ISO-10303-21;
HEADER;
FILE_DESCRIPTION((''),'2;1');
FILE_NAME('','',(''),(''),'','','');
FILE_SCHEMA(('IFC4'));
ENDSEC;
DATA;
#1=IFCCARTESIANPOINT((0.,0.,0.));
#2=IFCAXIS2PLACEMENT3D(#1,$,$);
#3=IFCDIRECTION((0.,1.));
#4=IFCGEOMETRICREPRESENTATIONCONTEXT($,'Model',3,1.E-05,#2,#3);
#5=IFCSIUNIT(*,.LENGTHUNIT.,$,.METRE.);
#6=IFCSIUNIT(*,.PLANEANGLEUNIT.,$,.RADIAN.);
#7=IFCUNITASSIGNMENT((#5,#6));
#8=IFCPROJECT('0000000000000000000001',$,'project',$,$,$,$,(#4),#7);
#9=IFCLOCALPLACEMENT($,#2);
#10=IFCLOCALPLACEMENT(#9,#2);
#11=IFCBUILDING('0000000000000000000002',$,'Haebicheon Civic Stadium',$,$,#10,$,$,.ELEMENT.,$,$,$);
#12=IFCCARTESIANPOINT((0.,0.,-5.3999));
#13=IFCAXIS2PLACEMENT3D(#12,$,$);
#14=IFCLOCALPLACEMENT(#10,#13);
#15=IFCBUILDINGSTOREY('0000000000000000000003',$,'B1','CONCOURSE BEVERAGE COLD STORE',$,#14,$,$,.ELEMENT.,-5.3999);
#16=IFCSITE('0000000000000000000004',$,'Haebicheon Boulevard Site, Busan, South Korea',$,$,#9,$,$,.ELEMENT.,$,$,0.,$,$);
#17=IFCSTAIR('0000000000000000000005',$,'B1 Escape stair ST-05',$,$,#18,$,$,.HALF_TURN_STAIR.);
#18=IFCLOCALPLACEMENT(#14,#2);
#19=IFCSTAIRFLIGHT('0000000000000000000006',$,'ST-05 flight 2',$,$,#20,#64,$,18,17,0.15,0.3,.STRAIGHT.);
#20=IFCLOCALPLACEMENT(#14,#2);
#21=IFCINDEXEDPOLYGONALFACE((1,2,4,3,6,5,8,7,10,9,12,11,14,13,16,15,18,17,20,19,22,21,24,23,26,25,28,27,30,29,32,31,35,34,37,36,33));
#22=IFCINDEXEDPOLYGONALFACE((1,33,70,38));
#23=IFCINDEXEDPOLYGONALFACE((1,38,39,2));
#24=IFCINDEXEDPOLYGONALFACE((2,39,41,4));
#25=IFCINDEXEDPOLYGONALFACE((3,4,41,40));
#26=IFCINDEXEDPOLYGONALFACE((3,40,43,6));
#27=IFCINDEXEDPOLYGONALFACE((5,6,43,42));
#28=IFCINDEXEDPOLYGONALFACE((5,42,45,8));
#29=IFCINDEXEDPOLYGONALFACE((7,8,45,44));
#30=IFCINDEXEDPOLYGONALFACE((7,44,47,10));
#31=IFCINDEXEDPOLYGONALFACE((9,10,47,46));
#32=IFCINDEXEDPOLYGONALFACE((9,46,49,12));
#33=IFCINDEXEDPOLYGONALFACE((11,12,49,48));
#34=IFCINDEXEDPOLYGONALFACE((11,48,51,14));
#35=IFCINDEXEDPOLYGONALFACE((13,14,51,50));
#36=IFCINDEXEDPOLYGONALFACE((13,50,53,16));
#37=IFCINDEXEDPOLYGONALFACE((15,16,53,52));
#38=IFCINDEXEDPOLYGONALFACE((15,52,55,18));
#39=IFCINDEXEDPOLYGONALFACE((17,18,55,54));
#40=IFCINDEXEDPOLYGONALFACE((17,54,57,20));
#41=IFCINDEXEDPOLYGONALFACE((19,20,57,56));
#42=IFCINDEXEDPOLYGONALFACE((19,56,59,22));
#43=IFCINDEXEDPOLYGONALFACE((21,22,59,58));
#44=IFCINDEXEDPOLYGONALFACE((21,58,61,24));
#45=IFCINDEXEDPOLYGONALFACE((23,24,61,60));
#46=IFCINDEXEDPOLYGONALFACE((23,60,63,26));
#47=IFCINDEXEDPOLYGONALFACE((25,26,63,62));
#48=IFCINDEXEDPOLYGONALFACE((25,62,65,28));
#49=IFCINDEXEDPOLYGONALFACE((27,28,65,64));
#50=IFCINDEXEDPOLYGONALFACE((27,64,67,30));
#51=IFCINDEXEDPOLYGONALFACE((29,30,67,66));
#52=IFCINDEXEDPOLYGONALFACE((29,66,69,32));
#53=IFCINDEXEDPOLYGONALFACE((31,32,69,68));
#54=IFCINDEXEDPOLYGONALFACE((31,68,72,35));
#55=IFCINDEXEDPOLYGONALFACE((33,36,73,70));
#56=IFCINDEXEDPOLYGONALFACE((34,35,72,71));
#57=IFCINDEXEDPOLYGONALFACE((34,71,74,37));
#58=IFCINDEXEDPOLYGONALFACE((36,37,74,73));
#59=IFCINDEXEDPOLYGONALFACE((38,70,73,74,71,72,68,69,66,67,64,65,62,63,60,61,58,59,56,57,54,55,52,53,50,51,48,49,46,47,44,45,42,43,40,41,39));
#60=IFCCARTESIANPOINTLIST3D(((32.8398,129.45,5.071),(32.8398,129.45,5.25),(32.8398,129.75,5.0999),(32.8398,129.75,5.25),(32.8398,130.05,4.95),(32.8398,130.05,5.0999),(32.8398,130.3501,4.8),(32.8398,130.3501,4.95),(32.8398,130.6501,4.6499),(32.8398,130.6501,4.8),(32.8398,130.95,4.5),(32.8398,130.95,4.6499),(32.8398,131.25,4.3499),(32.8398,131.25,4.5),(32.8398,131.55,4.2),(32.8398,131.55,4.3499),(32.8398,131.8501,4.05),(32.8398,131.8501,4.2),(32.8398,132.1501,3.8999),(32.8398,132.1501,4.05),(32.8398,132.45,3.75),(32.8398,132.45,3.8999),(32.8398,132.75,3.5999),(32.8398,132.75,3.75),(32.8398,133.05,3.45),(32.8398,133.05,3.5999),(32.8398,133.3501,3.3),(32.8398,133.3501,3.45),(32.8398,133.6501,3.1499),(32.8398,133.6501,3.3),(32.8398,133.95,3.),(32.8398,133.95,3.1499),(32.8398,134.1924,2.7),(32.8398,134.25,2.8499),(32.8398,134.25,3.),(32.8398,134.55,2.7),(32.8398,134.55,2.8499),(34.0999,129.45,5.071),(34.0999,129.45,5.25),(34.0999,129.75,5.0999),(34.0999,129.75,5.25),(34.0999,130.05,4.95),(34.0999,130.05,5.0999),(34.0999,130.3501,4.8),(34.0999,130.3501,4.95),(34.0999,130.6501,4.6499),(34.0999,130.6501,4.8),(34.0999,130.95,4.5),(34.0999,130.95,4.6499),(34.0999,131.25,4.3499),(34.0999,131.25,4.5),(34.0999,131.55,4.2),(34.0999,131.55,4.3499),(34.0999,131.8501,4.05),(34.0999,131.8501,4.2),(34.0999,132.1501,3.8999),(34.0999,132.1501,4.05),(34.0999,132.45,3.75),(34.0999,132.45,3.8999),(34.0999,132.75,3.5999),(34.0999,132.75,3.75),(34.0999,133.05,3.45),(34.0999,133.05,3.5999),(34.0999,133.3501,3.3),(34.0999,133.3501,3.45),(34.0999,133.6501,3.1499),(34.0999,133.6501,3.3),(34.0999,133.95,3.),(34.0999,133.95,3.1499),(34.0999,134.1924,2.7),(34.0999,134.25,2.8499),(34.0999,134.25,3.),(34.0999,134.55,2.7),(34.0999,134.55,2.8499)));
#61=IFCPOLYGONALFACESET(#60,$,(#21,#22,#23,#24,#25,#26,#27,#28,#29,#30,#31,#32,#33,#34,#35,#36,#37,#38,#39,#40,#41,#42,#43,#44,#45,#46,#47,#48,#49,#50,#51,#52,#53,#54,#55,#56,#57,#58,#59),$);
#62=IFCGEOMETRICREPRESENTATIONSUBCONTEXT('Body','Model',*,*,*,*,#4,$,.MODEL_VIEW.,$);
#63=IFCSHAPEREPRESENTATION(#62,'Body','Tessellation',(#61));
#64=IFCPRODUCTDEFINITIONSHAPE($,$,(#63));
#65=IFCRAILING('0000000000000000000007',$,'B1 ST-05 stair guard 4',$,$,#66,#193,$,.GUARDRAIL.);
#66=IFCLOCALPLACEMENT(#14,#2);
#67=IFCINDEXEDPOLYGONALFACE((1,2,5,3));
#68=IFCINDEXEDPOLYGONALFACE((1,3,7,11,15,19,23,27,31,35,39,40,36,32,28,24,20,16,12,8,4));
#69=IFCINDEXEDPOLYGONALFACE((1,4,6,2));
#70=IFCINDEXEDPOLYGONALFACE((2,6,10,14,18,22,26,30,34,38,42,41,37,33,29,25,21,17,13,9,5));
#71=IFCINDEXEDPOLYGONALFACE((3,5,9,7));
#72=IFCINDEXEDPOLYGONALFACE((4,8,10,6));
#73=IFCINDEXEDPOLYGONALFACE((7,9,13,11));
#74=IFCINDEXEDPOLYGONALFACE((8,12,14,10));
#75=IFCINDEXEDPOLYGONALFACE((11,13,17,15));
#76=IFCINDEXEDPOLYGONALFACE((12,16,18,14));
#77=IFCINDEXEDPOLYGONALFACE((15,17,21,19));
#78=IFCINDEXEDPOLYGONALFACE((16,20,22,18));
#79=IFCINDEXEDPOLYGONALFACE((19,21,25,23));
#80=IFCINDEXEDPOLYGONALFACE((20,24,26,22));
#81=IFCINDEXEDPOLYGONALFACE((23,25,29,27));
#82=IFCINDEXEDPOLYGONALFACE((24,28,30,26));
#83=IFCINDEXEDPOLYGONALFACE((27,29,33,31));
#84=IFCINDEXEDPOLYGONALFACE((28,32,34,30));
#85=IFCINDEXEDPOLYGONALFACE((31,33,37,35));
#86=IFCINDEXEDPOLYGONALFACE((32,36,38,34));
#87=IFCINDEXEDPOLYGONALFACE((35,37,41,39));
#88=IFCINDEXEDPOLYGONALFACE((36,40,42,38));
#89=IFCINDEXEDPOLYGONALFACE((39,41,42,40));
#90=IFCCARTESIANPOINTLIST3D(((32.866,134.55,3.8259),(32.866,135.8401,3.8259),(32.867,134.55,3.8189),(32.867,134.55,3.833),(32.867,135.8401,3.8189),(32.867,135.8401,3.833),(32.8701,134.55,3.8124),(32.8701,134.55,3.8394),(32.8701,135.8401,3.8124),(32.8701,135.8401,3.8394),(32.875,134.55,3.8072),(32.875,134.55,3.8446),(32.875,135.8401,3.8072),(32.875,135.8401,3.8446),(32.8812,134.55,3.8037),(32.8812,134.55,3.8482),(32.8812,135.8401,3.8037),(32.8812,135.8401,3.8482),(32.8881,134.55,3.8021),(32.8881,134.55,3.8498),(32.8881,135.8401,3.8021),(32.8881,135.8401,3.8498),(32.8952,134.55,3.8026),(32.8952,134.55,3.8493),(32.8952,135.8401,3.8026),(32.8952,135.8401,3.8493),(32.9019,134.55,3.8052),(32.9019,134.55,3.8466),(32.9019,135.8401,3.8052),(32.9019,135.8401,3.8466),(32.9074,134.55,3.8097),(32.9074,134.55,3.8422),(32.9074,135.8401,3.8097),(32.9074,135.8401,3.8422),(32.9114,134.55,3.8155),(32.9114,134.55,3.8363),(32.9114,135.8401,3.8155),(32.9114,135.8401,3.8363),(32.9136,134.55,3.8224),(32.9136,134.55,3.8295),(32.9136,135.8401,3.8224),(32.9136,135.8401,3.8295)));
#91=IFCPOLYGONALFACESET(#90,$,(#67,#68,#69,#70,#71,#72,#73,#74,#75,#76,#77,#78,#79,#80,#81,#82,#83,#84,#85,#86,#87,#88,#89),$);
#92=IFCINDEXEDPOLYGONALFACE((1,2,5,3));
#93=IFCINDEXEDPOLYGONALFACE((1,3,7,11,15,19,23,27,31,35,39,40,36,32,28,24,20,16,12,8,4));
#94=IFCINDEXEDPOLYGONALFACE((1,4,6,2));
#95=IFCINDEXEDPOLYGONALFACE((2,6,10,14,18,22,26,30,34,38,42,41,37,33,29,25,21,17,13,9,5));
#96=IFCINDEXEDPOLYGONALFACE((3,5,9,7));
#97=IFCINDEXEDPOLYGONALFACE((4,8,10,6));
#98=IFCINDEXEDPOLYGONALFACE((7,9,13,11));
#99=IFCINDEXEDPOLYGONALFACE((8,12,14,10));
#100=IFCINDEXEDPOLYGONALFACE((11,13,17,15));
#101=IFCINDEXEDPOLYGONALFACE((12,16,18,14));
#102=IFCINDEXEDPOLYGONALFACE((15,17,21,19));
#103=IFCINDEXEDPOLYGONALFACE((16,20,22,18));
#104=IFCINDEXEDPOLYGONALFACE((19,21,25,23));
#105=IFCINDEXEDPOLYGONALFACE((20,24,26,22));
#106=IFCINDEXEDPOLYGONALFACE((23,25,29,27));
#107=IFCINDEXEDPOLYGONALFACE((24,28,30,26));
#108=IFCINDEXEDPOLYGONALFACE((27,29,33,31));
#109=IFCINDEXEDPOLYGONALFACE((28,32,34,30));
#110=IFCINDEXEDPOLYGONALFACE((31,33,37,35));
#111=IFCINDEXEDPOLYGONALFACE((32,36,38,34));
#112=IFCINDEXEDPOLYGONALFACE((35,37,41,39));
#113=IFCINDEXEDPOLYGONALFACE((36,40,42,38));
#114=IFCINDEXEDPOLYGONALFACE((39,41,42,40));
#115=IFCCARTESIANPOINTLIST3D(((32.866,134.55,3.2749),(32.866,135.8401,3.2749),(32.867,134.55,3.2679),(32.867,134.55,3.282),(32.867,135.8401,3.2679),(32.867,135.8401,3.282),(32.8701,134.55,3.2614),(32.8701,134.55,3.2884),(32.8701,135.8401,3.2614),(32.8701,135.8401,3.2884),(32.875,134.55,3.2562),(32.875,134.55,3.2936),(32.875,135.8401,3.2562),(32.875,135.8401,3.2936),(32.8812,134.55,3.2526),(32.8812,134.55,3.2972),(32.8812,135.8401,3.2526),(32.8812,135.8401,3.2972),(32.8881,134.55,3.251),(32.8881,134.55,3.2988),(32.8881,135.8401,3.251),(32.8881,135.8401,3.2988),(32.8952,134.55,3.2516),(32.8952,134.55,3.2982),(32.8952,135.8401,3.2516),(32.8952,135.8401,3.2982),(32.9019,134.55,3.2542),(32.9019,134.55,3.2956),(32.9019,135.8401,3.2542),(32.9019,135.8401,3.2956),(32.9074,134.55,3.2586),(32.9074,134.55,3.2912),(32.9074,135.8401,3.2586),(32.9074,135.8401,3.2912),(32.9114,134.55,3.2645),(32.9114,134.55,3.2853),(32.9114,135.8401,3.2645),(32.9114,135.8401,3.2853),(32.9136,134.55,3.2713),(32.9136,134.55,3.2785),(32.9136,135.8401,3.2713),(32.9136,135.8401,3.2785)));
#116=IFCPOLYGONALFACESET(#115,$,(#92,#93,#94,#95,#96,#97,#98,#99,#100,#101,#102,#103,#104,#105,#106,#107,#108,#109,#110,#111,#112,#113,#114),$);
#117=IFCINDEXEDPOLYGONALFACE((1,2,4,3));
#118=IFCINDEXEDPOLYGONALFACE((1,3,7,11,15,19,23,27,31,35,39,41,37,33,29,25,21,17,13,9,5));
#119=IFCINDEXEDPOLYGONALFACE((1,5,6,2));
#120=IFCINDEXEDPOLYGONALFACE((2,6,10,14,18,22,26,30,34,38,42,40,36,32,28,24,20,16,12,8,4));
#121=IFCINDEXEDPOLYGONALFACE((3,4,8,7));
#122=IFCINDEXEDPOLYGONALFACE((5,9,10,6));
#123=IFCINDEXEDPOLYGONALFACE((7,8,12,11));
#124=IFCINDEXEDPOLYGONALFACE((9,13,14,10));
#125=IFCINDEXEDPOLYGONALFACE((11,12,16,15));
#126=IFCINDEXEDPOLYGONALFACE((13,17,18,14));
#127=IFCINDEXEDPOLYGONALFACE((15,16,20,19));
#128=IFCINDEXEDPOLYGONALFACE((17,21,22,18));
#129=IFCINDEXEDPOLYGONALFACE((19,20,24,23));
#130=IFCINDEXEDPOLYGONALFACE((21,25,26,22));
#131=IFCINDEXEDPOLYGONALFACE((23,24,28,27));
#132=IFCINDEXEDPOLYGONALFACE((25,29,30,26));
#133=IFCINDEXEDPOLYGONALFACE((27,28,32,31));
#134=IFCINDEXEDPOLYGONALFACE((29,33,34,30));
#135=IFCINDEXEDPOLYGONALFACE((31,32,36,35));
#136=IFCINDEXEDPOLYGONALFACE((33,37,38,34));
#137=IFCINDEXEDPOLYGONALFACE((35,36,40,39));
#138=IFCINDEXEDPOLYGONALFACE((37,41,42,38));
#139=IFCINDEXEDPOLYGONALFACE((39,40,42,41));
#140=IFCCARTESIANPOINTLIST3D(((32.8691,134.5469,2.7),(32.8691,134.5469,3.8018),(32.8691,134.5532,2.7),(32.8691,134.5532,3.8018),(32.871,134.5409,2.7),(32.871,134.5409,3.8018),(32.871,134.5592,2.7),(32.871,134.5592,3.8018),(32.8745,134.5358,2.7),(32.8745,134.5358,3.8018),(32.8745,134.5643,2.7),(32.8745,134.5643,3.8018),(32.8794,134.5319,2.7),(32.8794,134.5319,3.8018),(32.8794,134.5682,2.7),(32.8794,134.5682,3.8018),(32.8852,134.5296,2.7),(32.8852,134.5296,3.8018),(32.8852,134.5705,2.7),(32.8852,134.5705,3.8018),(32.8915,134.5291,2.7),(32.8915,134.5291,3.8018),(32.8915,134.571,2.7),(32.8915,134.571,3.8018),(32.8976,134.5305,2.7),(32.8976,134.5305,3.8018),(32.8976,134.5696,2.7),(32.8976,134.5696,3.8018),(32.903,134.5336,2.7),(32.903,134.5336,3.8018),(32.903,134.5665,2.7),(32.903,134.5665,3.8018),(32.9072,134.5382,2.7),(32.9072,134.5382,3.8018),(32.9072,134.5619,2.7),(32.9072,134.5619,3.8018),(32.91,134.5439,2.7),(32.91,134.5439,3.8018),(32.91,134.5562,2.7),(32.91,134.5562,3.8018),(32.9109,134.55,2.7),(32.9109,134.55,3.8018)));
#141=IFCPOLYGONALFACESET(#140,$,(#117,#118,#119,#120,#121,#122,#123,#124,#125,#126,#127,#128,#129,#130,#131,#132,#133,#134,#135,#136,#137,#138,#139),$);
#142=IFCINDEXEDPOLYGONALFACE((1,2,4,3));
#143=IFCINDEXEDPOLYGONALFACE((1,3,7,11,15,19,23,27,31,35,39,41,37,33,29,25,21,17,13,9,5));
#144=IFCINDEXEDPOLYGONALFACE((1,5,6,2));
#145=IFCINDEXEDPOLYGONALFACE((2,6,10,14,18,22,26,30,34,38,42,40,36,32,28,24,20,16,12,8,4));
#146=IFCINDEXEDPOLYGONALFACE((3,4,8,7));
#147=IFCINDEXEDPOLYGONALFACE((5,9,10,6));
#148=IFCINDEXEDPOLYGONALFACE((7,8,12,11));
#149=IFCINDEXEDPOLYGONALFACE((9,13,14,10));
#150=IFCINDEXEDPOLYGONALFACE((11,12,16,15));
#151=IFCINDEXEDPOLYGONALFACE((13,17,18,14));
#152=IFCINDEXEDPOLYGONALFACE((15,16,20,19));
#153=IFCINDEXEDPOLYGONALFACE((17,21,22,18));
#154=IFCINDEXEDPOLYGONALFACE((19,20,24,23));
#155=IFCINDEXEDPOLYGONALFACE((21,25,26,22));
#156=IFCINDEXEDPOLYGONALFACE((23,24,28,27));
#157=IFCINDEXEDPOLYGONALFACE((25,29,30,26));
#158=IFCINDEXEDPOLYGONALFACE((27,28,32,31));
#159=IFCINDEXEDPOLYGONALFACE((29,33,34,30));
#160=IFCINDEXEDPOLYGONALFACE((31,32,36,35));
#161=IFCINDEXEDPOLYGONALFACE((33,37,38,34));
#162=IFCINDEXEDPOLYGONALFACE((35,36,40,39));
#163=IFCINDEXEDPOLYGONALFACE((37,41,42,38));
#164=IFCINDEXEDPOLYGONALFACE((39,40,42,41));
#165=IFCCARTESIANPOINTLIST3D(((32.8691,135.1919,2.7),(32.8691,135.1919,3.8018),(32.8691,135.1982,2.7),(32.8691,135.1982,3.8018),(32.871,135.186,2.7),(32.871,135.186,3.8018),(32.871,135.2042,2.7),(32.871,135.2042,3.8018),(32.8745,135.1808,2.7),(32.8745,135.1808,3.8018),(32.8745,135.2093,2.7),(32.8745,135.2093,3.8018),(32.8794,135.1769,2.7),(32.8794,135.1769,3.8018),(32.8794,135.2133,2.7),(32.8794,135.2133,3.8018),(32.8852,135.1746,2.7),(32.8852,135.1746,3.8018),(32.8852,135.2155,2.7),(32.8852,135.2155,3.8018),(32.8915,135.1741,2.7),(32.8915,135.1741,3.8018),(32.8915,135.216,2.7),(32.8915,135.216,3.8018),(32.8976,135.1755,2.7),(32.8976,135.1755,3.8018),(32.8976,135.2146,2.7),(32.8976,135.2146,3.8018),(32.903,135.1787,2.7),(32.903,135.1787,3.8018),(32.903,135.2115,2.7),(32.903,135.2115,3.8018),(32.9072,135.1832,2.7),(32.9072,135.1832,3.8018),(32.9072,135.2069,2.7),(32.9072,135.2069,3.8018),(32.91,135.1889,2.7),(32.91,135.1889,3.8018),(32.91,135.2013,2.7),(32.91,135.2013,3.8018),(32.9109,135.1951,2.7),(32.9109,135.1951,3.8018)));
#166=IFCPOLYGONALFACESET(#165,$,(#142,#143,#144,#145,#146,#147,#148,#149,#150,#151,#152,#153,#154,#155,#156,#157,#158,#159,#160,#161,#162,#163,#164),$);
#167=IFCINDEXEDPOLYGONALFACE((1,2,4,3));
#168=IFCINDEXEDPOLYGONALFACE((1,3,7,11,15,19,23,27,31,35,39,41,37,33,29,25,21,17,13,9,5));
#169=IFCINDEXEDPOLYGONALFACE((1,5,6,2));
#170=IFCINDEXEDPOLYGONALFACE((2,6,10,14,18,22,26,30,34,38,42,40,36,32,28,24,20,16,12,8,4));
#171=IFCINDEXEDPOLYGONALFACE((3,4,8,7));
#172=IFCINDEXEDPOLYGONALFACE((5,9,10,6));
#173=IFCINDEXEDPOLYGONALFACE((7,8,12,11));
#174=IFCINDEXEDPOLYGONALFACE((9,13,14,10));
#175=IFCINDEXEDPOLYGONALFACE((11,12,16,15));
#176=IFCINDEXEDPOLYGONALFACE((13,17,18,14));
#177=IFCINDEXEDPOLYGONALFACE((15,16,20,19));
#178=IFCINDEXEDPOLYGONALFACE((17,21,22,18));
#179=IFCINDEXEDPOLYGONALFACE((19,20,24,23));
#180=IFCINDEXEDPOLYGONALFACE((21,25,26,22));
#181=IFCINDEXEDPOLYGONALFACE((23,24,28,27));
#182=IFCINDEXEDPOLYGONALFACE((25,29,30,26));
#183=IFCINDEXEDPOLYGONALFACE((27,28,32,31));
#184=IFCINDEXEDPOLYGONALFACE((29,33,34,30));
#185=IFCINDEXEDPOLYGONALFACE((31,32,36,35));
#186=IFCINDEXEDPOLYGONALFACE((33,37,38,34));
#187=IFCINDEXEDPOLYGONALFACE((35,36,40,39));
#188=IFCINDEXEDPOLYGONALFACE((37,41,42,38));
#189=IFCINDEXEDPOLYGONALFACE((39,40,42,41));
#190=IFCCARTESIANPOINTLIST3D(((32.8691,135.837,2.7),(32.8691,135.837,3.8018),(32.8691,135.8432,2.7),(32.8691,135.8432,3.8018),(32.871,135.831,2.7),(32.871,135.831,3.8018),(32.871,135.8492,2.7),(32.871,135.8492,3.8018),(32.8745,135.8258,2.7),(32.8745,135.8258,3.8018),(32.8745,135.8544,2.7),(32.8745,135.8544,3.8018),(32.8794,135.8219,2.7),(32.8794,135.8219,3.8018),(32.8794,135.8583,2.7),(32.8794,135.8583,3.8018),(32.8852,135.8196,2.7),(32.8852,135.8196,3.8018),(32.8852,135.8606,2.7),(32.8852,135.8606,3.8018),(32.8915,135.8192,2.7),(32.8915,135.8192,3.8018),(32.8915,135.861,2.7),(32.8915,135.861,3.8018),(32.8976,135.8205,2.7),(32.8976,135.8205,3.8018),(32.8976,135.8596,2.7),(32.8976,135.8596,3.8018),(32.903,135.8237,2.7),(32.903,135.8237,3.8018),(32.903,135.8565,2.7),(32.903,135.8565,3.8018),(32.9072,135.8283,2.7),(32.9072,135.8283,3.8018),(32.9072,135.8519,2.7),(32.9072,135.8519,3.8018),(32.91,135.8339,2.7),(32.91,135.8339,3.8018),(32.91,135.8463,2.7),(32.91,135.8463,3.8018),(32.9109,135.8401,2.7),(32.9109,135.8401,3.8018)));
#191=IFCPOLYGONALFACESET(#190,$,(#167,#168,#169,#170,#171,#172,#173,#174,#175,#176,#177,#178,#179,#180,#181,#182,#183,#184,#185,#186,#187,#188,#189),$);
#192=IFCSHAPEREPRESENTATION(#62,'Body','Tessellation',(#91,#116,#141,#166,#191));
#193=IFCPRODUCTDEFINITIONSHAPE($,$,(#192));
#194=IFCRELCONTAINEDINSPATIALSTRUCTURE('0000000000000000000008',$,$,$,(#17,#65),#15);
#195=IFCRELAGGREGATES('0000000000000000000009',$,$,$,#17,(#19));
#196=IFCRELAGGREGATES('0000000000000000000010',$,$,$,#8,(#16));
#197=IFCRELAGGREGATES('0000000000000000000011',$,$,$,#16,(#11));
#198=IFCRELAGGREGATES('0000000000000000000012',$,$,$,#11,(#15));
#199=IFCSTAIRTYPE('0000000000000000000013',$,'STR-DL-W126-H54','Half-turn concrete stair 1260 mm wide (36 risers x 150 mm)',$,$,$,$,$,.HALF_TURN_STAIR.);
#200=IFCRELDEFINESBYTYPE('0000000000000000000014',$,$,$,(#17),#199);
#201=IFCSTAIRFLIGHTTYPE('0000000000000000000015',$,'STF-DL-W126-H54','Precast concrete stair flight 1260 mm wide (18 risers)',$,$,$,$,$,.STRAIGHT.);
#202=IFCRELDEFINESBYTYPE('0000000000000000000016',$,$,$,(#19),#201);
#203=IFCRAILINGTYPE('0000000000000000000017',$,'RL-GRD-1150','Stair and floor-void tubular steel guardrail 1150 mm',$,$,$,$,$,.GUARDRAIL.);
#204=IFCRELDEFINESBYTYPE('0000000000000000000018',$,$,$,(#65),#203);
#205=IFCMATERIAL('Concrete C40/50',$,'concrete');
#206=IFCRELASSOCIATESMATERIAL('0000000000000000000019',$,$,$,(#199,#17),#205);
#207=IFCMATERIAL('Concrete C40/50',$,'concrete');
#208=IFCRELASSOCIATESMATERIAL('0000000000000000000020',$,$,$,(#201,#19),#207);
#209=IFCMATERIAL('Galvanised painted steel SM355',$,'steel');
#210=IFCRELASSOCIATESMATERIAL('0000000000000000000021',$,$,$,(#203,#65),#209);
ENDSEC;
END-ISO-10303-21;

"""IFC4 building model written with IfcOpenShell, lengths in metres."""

from ifc_helpers import new_model, si_unit, direction, frame, origin, origin_2d, place, context, subcontext, project, spatial, polyline, circle, outline, extrude, material, type_object, element, aggregate, save


model = new_model("IFC4")

# Units and contexts
model_context = context("Model", 3, precision=1e-05, world=origin(), true_north=direction((0.0, 1.0)))
body_context = subcontext(model_context, "Body", "Model", "MODEL_VIEW")
ifc_project = project(units=[si_unit("LENGTHUNIT", "METRE"), si_unit("PLANEANGLEUNIT", "RADIAN")], contexts=[model_context])

# Site, building, storey
site_placement = place(None, origin())
site = spatial("IfcSite", under=ifc_project, at=site_placement, Name="Haebicheon Boulevard Site, Busan, South Korea", CompositionType="ELEMENT", RefElevation=0.0)
building_placement = place(site_placement, origin())
building = spatial("IfcBuilding", under=site, at=building_placement, Name="Haebicheon Civic Stadium", CompositionType="ELEMENT")
storey_placement = place(building_placement, frame((0.0, 0.0, -5.3999)))
storey = spatial("IfcBuildingStorey", under=building, at=storey_placement, Name="B1", Description="CONCOURSE BEVERAGE COLD STORE", CompositionType="ELEMENT", Elevation=-5.3999)

# Stair, stair flight
ifc_material_1 = material(Name="Concrete C40/50", Category="concrete")
stair_type = type_object("IfcStairType", Name="STR-DL-W126-H54", Description="Half-turn concrete stair 1260 mm wide (36 risers x 150 mm)", PredefinedType="HALF_TURN_STAIR", material=ifc_material_1)
stair_placement = place(storey_placement, origin())
stair = element("IfcStair", 1, at=stair_placement, inside=storey, type_object=stair_type, material=ifc_material_1, Name="B1 Escape stair ST-05", PredefinedType="HALF_TURN_STAIR")
ifc_material_2 = material(Name="Concrete C40/50", Category="concrete")
stair_flight_type = type_object("IfcStairFlightType", Name="STF-DL-W126-H54", Description="Precast concrete stair flight 1260 mm wide (18 risers)", PredefinedType="STRAIGHT", material=ifc_material_2)
stair_flight_placement = place(storey_placement, frame((33.47, 134.55, 2.7), z_axis=(0.0, 0.0, 1.0), x_axis=(0.0, -1.0, 0.0)))
stair_flight = element("IfcStairFlight", 2, at=stair_flight_placement, type_object=stair_flight_type, material=ifc_material_2, Name="ST-05 flight 2", NumberOfRisers=18, NumberOfTreads=17, PredefinedType="STRAIGHT", RiserHeight=0.15, TreadLength=0.3, context=body_context, shape_type="SweptSolid", body=[
    extrude(outline(polyline([(0.0, 0.0), (0.0, 0.1499), (0.3, 0.1499), (0.3, 0.3), (0.6001, 0.3), (0.6001, 0.45), (0.8999, 0.45), (0.8999, 0.6001), (1.2, 0.6001), (1.2, 0.75), (1.5, 0.75), (1.5, 0.8999), (1.8, 0.8999), (1.8, 1.05), (2.1001, 1.05), (2.1001, 1.2), (2.3999, 1.2), (2.3999, 1.3501), (2.7, 1.3501), (2.7, 1.5), (3.0, 1.5), (3.0, 1.6499), (3.3, 1.6499), (3.3, 1.8), (3.6001, 1.8), (3.6001, 1.95), (3.8999, 1.95), (3.8999, 2.1001), (4.2, 2.1001), (4.2, 2.25), (4.5, 2.25), (4.5, 2.3999), (4.8, 2.3999), (4.8, 2.55), (5.1001, 2.55), (5.1001, 2.7), (5.1001, 2.3711), (0.3577, 0.0), (0.0, 0.0)])), frame((0.0, 0.6299, 0.0), z_axis=(0.0, -1.0, 0.0), x_axis=(1.0, 0.0, 0.0)), (0.0, 0.0, 1.0), 1.26),
])
aggregate(stair, [stair_flight])

# Railing
ifc_material_3 = material(Name="Galvanised painted steel SM355", Category="steel")
railing_type_1 = type_object("IfcRailingType", Name="RL-GRD-1150", Description="Stair and floor-void tubular steel guardrail 1150 mm", PredefinedType="GUARDRAIL", material=ifc_material_3)
railing_1_placement = place(storey_placement, frame((32.8899, 134.55, 2.7)))
element("IfcRailing", 3, at=railing_1_placement, inside=storey, type_object=railing_type_1, material=ifc_material_3, Name="B1 ST-05 stair guard 4", PredefinedType="GUARDRAIL", context=body_context, shape_type="SweptSolid", body=[
    extrude(circle(Radius=0.0239, at=origin_2d()), frame((0.0, 0.0, 1.126), z_axis=(0.0, 1.0, 0.0), x_axis=(-1.0, 0.0, 0.0)), (0.0, 0.0, 1.0), 1.29),
    extrude(circle(Radius=0.0239, at=origin_2d()), frame((0.0, 0.0, 0.575), z_axis=(0.0, 1.0, 0.0), x_axis=(-1.0, 0.0, 0.0)), (0.0, 0.0, 1.0), 1.29),
    extrude(circle(Radius=0.021, at=origin_2d()), origin(), (0.0, 0.0, 1.0), 1.1018),
    extrude(circle(Radius=0.021, at=origin_2d()), frame((0.0, 0.645, 0.0)), (0.0, 0.0, 1.0), 1.1018),
    extrude(circle(Radius=0.021, at=origin_2d()), frame((0.0, 1.29, 0.0)), (0.0, 0.0, 1.0), 1.1018),
])

save(model, "model.ifc")
